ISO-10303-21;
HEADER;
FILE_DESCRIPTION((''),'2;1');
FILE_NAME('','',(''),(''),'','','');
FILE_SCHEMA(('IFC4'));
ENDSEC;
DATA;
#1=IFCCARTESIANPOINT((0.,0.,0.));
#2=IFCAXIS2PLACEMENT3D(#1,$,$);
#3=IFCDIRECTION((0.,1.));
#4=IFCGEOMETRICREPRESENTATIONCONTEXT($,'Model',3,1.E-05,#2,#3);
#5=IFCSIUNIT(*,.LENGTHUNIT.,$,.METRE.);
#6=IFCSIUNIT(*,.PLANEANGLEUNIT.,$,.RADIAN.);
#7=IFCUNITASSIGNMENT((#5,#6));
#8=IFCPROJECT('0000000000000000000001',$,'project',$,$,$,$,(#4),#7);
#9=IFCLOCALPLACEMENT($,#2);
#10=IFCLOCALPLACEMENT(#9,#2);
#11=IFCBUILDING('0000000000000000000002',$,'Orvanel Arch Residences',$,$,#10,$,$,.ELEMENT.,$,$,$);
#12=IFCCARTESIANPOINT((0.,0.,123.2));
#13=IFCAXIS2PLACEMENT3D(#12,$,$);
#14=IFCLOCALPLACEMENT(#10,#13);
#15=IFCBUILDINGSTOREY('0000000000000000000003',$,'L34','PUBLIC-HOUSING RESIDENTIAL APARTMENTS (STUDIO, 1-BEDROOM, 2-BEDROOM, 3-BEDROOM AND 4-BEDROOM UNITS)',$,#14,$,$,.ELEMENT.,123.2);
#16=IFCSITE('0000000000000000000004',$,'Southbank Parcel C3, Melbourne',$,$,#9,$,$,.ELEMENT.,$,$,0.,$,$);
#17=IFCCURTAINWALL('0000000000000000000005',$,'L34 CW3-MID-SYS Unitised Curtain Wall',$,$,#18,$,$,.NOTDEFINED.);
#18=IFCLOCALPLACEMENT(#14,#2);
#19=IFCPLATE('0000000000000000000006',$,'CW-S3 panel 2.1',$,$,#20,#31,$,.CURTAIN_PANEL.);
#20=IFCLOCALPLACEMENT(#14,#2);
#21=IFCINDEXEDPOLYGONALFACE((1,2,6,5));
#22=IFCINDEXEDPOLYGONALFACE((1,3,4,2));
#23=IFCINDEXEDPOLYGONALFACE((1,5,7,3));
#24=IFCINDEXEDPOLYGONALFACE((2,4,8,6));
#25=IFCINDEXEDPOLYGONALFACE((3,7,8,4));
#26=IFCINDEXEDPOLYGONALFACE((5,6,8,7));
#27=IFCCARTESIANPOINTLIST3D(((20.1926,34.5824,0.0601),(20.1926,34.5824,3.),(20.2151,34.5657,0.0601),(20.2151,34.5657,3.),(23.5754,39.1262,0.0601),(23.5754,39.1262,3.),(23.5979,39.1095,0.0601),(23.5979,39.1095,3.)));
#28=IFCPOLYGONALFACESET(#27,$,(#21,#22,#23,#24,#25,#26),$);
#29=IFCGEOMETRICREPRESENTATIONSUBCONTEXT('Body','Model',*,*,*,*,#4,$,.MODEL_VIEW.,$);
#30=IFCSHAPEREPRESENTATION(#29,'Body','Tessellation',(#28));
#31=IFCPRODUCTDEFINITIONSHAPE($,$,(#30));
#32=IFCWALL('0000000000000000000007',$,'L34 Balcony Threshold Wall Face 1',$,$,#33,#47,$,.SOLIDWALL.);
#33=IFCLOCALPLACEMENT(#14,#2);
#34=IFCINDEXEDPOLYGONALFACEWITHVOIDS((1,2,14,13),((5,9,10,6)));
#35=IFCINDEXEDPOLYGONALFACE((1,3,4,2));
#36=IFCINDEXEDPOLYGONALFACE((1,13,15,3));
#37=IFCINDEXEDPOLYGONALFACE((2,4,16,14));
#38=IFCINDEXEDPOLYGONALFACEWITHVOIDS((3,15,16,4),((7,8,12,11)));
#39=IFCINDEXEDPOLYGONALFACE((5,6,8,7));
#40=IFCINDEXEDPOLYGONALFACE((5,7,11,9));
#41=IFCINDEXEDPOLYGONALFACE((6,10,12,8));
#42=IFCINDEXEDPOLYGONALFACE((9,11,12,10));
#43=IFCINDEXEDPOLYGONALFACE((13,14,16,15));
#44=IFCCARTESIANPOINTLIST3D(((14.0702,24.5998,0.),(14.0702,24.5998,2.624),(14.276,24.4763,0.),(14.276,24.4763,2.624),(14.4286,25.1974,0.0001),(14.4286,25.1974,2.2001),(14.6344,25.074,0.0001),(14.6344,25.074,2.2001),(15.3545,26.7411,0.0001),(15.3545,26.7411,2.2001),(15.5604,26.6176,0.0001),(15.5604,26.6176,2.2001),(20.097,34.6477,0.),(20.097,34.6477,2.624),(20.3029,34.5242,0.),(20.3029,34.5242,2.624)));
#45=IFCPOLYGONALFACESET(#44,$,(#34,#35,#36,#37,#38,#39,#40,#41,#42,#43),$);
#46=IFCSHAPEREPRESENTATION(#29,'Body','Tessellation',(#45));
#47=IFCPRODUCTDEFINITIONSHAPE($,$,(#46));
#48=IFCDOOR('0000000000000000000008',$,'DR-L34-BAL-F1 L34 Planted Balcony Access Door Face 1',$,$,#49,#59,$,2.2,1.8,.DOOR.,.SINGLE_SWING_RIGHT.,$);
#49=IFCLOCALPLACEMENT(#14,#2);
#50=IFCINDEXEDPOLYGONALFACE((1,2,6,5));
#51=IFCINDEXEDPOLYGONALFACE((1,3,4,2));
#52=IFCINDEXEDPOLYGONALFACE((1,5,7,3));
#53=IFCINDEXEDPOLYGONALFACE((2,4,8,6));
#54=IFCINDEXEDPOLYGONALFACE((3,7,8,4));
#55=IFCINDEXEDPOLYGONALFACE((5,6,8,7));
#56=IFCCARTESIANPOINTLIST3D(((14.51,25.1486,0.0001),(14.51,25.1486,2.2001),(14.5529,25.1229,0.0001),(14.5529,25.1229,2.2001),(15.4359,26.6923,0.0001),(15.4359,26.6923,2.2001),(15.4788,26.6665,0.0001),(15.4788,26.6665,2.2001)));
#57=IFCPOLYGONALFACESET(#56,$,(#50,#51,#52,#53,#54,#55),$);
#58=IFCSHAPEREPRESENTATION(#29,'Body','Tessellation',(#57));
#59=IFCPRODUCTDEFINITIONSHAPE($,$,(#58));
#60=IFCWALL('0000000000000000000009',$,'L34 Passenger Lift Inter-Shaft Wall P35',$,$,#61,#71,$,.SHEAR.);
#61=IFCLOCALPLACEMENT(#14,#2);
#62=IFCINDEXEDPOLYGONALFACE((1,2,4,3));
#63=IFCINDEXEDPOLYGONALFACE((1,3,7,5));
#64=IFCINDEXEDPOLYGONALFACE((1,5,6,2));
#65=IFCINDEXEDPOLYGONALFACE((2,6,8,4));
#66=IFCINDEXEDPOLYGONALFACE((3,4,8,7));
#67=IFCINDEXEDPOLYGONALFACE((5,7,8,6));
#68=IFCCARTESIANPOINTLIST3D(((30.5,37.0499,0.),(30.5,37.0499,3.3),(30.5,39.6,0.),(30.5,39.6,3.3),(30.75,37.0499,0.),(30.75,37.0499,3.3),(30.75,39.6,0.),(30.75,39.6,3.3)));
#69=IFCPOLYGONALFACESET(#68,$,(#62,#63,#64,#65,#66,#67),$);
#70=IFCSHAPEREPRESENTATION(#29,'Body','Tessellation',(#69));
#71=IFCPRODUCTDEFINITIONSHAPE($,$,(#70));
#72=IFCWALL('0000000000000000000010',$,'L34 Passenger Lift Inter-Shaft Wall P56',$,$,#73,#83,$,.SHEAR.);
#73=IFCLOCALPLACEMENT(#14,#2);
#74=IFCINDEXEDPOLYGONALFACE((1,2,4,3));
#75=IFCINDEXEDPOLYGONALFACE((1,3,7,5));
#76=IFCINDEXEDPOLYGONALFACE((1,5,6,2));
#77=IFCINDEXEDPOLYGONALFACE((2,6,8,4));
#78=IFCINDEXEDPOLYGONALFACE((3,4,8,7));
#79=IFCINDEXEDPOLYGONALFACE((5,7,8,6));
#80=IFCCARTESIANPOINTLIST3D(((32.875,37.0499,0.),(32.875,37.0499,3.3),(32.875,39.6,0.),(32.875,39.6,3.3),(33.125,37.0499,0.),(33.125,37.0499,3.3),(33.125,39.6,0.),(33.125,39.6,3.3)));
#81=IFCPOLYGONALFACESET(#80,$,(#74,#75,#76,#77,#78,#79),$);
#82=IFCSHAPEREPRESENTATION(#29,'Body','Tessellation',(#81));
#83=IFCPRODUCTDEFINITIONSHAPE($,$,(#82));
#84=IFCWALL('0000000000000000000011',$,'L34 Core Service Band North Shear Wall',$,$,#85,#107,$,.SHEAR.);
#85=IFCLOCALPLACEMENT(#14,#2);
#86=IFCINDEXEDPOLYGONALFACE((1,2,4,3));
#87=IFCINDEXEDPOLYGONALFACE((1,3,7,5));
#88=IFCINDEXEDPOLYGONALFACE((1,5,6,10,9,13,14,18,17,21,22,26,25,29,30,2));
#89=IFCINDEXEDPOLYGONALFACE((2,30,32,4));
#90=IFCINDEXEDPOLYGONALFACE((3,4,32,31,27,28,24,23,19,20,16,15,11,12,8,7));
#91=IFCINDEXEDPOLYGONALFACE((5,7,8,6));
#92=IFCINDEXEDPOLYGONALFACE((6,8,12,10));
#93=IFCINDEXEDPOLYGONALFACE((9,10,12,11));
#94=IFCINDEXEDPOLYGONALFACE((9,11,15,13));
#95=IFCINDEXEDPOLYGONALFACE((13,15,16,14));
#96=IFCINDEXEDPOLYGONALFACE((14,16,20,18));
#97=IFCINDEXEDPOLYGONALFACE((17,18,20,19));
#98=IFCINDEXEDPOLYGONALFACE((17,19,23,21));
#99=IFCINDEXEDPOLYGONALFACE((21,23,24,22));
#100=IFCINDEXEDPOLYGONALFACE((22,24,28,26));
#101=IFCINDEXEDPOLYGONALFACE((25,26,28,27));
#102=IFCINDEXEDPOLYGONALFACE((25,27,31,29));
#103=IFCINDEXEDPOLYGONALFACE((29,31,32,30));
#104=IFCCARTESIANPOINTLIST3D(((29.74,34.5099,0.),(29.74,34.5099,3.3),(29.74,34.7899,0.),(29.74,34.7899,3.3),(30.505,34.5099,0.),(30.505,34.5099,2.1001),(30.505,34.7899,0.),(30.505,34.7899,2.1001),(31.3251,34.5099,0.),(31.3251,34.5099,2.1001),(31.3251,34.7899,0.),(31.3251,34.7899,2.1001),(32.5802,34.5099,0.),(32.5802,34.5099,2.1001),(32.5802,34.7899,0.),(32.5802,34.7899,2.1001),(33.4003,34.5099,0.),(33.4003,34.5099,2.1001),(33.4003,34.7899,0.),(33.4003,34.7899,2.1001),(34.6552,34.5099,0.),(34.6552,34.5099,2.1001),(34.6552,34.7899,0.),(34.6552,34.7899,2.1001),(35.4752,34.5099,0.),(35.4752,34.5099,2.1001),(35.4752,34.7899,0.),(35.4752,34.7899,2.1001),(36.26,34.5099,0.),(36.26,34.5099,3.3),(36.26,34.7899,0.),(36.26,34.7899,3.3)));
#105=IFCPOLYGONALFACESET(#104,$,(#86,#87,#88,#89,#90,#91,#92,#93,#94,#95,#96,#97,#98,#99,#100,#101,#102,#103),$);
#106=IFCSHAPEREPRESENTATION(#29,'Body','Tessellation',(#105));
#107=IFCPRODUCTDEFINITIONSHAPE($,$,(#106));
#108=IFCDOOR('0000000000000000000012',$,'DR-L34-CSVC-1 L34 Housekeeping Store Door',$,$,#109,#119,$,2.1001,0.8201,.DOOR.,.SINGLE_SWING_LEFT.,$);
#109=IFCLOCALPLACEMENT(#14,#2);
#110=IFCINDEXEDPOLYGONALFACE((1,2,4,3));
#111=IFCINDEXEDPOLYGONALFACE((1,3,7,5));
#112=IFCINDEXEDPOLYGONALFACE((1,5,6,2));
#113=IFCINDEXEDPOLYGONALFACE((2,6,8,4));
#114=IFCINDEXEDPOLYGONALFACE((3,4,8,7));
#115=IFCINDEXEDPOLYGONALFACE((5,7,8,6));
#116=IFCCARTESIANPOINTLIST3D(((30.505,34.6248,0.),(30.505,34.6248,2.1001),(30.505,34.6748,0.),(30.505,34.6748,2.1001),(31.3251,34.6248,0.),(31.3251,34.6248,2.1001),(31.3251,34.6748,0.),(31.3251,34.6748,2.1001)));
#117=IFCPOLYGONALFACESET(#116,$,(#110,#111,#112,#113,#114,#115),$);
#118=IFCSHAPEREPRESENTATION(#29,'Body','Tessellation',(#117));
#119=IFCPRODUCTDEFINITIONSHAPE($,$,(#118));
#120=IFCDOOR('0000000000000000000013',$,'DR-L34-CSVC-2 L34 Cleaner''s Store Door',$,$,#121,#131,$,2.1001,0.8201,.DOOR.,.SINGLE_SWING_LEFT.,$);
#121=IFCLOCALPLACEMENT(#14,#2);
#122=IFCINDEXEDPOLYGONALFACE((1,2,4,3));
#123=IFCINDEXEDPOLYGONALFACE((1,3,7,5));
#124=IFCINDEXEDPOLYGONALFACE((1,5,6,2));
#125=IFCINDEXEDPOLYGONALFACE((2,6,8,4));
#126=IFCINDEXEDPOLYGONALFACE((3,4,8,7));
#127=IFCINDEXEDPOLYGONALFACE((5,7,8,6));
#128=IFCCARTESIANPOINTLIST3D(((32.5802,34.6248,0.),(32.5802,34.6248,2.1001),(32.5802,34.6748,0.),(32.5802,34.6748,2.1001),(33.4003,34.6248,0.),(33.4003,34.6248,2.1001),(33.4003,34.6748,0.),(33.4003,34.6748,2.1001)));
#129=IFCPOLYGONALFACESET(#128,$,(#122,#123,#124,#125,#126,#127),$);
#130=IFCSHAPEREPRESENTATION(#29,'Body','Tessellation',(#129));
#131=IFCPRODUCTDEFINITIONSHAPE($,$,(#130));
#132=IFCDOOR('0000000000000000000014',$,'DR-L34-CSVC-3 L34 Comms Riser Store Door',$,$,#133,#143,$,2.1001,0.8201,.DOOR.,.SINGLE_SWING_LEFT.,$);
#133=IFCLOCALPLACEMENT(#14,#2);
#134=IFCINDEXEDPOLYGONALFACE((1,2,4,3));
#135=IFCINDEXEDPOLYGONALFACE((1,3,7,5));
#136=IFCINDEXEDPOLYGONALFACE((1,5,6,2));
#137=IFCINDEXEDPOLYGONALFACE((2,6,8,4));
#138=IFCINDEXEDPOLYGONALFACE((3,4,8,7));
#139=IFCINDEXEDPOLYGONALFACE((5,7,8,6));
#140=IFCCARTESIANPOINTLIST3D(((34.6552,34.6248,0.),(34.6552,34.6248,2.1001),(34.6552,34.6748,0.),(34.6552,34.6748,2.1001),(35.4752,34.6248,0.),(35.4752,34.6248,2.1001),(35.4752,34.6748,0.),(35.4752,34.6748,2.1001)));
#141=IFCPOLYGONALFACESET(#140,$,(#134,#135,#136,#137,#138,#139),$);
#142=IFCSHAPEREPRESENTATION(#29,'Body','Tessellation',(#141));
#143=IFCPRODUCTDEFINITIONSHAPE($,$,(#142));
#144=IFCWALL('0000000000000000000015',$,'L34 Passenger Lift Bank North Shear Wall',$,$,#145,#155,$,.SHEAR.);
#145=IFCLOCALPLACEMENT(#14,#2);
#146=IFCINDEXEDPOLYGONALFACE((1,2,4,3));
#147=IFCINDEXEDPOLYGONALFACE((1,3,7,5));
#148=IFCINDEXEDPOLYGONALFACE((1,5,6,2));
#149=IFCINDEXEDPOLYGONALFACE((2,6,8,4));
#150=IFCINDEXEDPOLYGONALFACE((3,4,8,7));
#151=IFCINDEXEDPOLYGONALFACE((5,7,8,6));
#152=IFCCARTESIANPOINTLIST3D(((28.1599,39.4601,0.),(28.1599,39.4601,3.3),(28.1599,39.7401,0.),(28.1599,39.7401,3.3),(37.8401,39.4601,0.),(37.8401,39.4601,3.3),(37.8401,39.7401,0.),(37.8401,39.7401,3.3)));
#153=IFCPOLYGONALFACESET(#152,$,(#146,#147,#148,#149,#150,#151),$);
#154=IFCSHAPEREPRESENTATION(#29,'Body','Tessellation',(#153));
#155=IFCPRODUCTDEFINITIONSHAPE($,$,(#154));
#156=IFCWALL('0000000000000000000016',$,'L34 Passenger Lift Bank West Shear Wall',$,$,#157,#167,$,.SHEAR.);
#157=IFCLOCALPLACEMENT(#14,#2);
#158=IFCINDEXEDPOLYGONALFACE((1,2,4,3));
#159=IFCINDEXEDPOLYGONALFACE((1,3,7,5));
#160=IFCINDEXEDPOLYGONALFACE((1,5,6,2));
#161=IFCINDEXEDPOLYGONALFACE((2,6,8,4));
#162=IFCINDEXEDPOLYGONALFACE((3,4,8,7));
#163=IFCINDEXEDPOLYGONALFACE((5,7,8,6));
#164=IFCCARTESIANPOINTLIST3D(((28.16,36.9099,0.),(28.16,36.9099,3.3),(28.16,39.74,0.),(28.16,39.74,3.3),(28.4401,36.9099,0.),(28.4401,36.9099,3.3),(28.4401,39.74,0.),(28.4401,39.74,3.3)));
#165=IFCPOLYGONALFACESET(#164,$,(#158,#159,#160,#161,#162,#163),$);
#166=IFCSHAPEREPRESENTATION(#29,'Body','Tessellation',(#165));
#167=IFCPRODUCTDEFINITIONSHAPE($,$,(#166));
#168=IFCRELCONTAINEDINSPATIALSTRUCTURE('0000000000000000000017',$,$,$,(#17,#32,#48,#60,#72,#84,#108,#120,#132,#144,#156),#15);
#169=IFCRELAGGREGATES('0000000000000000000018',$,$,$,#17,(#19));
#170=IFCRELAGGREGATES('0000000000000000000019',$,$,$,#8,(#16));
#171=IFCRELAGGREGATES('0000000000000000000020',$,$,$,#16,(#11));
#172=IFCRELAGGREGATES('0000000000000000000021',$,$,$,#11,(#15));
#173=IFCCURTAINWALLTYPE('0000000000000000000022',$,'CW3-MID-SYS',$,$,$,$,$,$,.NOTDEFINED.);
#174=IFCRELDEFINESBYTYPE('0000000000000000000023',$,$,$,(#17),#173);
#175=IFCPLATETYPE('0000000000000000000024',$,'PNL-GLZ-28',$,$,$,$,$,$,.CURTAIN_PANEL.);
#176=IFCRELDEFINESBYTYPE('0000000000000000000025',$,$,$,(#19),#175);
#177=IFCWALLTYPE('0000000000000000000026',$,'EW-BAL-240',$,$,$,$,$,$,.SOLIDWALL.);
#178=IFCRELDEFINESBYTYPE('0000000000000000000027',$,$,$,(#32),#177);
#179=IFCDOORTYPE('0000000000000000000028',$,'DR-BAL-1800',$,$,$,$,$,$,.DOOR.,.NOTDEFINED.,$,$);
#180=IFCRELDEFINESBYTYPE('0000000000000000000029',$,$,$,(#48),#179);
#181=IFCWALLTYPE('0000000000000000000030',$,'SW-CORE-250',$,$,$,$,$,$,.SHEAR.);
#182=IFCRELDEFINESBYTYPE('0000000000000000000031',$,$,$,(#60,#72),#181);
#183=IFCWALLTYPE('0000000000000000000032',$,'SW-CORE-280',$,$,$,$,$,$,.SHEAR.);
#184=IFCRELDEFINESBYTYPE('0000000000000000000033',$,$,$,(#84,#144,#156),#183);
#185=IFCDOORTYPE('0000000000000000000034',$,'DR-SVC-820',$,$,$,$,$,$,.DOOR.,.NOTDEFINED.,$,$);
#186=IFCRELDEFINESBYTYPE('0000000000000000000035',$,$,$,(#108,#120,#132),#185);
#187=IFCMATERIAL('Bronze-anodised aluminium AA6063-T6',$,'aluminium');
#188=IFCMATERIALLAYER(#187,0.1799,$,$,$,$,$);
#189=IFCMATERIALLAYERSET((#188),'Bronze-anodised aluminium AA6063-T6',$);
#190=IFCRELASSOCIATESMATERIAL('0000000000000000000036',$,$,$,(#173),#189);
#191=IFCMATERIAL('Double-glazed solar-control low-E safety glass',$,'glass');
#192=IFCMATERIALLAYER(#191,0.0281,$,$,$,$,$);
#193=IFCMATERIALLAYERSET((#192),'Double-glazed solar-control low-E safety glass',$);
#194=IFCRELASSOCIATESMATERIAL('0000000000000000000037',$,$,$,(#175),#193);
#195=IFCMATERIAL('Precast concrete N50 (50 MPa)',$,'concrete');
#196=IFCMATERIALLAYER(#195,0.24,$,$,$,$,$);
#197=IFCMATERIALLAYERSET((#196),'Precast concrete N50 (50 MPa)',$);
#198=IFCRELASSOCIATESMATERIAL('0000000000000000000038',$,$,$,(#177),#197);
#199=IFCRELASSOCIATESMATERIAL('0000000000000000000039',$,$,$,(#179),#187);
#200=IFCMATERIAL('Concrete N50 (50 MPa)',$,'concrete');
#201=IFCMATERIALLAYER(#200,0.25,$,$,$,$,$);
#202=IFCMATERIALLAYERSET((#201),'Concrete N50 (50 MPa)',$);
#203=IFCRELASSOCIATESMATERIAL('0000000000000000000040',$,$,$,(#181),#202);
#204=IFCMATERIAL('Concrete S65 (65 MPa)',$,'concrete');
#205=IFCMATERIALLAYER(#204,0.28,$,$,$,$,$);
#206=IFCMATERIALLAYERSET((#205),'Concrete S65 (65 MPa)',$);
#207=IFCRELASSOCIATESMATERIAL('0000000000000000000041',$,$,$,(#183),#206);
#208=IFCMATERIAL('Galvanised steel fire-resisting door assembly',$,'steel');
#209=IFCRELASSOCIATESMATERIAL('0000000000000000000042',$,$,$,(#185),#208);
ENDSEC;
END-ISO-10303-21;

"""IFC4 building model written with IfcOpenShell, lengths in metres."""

from ifc_helpers import new_model, si_unit, direction, frame, frame_2d, origin, origin_2d, place, context, subcontext, project, spatial, rectangle, extrude, material, layer, layer_set, type_object, element, fill, aggregate, save


model = new_model("IFC4")

# Units and contexts
model_context = context("Model", 3, precision=1e-05, world=origin(), true_north=direction((0.0, 1.0)))
body_context = subcontext(model_context, "Body", "Model", "MODEL_VIEW")
ifc_project = project(units=[si_unit("LENGTHUNIT", "METRE"), si_unit("PLANEANGLEUNIT", "RADIAN")], contexts=[model_context])

# Site, building, storey
site_placement = place(None, origin())
site = spatial("IfcSite", under=ifc_project, at=site_placement, Name="Southbank Parcel C3, Melbourne", CompositionType="ELEMENT", RefElevation=0.0)
building_placement = place(site_placement, origin())
building = spatial("IfcBuilding", under=site, at=building_placement, Name="Orvanel Arch Residences", CompositionType="ELEMENT")
storey_placement = place(building_placement, frame((0.0, 0.0, 123.2)))
storey = spatial("IfcBuildingStorey", under=building, at=storey_placement, Name="L34", Description="PUBLIC-HOUSING RESIDENTIAL APARTMENTS (STUDIO, 1-BEDROOM, 2-BEDROOM, 3-BEDROOM AND 4-BEDROOM UNITS)", CompositionType="ELEMENT", Elevation=123.2)

# Shared definitions
ifc_material_1 = material(Name="Concrete S65 (65 MPa)", Category="concrete")

# Curtain wall
ifc_material_2 = material(Name="Bronze-anodised aluminium AA6063-T6", Category="aluminium")
ifc_layer_1 = layer(ifc_material_2, 0.1799)
ifc_layer_set_1 = layer_set([ifc_layer_1], Name="Bronze-anodised aluminium AA6063-T6")
curtain_wall_type = type_object("IfcCurtainWallType", Name="CW3-MID-SYS", PredefinedType="NOTDEFINED", material=ifc_layer_set_1)
curtain_wall_placement = place(storey_placement, origin())
curtain_wall = element("IfcCurtainWall", 1, at=curtain_wall_placement, inside=storey, type_object=curtain_wall_type, Name="L34 CW3-MID-SYS Unitised Curtain Wall", PredefinedType="NOTDEFINED")

# Plate
ifc_material_3 = material(Name="Double-glazed solar-control low-E safety glass", Category="glass")
ifc_layer_2 = layer(ifc_material_3, 0.0281)
ifc_layer_set_2 = layer_set([ifc_layer_2], Name="Double-glazed solar-control low-E safety glass")
plate_type = type_object("IfcPlateType", Name="PNL-GLZ-28", PredefinedType="CURTAIN_PANEL", material=ifc_layer_set_2)
plate_placement = place(storey_placement, frame((21.8953, 36.8459, 0.0601), z_axis=(0.0, 0.0, 1.0), x_axis=(-0.597168, -0.802116, 0.0)))
plate = element("IfcPlate", 2, at=plate_placement, type_object=plate_type, Name="CW-S3 panel 2.1", PredefinedType="CURTAIN_PANEL", context=body_context, shape_type="SweptSolid", body=[
    extrude(rectangle(XDim=5.6648, YDim=0.0281, at=origin_2d()), origin(), (0.0, 0.0, 1.0), 2.9399),
])
aggregate(curtain_wall, [plate])

# Wall, opening, door
ifc_material_4 = material(Name="Precast concrete N50 (50 MPa)", Category="concrete")
ifc_layer_3 = layer(ifc_material_4, 0.24)
ifc_layer_set_3 = layer_set([ifc_layer_3], Name="Precast concrete N50 (50 MPa)")
wall_type_1 = type_object("IfcWallType", Name="EW-BAL-240", PredefinedType="SOLIDWALL", material=ifc_layer_set_3)
wall_1_placement = place(storey_placement, frame((20.2, 34.5859, 0.0), z_axis=(0.0, 0.0, 1.0), x_axis=(-0.514379, -0.857563, 0.0)))
wall_1 = element("IfcWall", 3, at=wall_1_placement, inside=storey, type_object=wall_type_1, Name="L34 Balcony Threshold Wall Face 1", PredefinedType="SOLIDWALL", context=body_context, shape_type="SweptSolid", body=[
    extrude(rectangle(XDim=11.7168, YDim=0.24, at=frame_2d((5.8584, 0.0))), origin(), (0.0, 0.0, 1.0), 2.624),
])
opening_1_placement = place(wall_1_placement, frame((9.22, 0.0, 0.0)))
opening_1 = element("IfcOpeningElement", 4, at=opening_1_placement, cuts=wall_1, PredefinedType="OPENING", context=body_context, shape_type="SweptSolid", body=[
    extrude(rectangle(XDim=1.8, YDim=2.2, at=frame_2d((0.8999, 1.1001))), frame((0.0, 0.1299, 0.0), z_axis=(0.0, -1.0, 0.0), x_axis=(1.0, 0.0, 0.0)), (0.0, 0.0, 1.0), 0.26),
])
door_type_1 = type_object("IfcDoorType", Name="DR-BAL-1800", OperationType="NOTDEFINED", PredefinedType="DOOR", material=ifc_material_2)
door_1_placement = place(opening_1_placement, origin())
door_1 = element("IfcDoor", 5, at=door_1_placement, inside=storey, type_object=door_type_1, Name="DR-L34-BAL-F1 L34 Planted Balcony Access Door Face 1", OperationType="SINGLE_SWING_RIGHT", OverallHeight=2.2, OverallWidth=1.8, PredefinedType="DOOR", context=body_context, shape_type="SweptSolid", body=[
    extrude(rectangle(XDim=1.8, YDim=2.2, at=frame_2d((0.8999, 1.1001))), frame((0.0, 0.0249, 0.0), z_axis=(0.0, -1.0, 0.0), x_axis=(1.0, 0.0, 0.0)), (0.0, 0.0, 1.0), 0.05),
])
fill(opening_1, door_1)

# Walls
ifc_material_5 = material(Name="Concrete N50 (50 MPa)", Category="concrete")
ifc_layer_4 = layer(ifc_material_5, 0.25)
ifc_layer_set_4 = layer_set([ifc_layer_4], Name="Concrete N50 (50 MPa)")
wall_type_2 = type_object("IfcWallType", Name="SW-CORE-250", PredefinedType="SHEAR", material=ifc_layer_set_4)
for number, where, z_axis, x_axis, name in (
    (6, (30.625, 37.05, 0.0), (0.0, 0.0, 1.0), (0.0, 1.0, 0.0), "L34 Passenger Lift Inter-Shaft Wall P35"),
    (7, (33.0, 37.05, 0.0), (0.0, 0.0, 1.0), (0.0, 1.0, 0.0), "L34 Passenger Lift Inter-Shaft Wall P56"),
):
    element("IfcWall", number, at=place(storey_placement, frame(where, z_axis=z_axis, x_axis=x_axis)), inside=storey, type_object=wall_type_2, Name=name, PredefinedType="SHEAR", context=body_context, shape_type="SweptSolid", body=[
        extrude(rectangle(XDim=2.55, YDim=0.25, at=frame_2d((1.2749, 0.0))), origin(), (0.0, 0.0, 1.0), 3.3),
    ])

# Wall, openings, doors
ifc_layer_5 = layer(ifc_material_1, 0.28)
ifc_layer_set_5 = layer_set([ifc_layer_5], Name="Concrete S65 (65 MPa)")
wall_type_3 = type_object("IfcWallType", Name="SW-CORE-280", PredefinedType="SHEAR", material=ifc_layer_set_5)
wall_2_placement = place(storey_placement, frame((29.74, 34.6499, 0.0), z_axis=(0.0, 0.0, 1.0), x_axis=(1.0, 0.0, 0.0)))
wall_2 = element("IfcWall", 8, at=wall_2_placement, inside=storey, type_object=wall_type_3, Name="L34 Core Service Band North Shear Wall", PredefinedType="SHEAR", context=body_context, shape_type="SweptSolid", body=[
    extrude(rectangle(XDim=6.52, YDim=0.28, at=frame_2d((3.26, 0.0))), origin(), (0.0, 0.0, 1.0), 3.3),
])
opening_2_placement = place(wall_2_placement, frame((0.7649, 0.0, 0.0)))
opening_2 = element("IfcOpeningElement", 9, at=opening_2_placement, cuts=wall_2, PredefinedType="OPENING", context=body_context, shape_type="SweptSolid", body=[
    extrude(rectangle(XDim=0.8201, YDim=2.1001, at=frame_2d((0.4102, 1.05))), frame((0.0, 0.1499, 0.0), z_axis=(0.0, -1.0, 0.0), x_axis=(1.0, 0.0, 0.0)), (0.0, 0.0, 1.0), 0.3),
])
opening_3_placement = place(wall_2_placement, frame((2.8401, 0.0, 0.0)))
opening_3 = element("IfcOpeningElement", 10, at=opening_3_placement, cuts=wall_2, PredefinedType="OPENING", context=body_context, shape_type="SweptSolid", body=[
    extrude(rectangle(XDim=0.8201, YDim=2.1001, at=frame_2d((0.4102, 1.05))), frame((0.0, 0.1499, 0.0), z_axis=(0.0, -1.0, 0.0), x_axis=(1.0, 0.0, 0.0)), (0.0, 0.0, 1.0), 0.3),
])
opening_4_placement = place(wall_2_placement, frame((4.915, 0.0, 0.0)))
opening_4 = element("IfcOpeningElement", 11, at=opening_4_placement, cuts=wall_2, PredefinedType="OPENING", context=body_context, shape_type="SweptSolid", body=[
    extrude(rectangle(XDim=0.8201, YDim=2.1001, at=frame_2d((0.4102, 1.05))), frame((0.0, 0.1499, 0.0), z_axis=(0.0, -1.0, 0.0), x_axis=(1.0, 0.0, 0.0)), (0.0, 0.0, 1.0), 0.3),
])
ifc_material_6 = material(Name="Galvanised steel fire-resisting door assembly", Category="steel")
door_type_2 = type_object("IfcDoorType", Name="DR-SVC-820", OperationType="NOTDEFINED", PredefinedType="DOOR", material=ifc_material_6)
door_2_placement = place(opening_2_placement, origin())
door_2 = element("IfcDoor", 12, at=door_2_placement, inside=storey, type_object=door_type_2, Name="DR-L34-CSVC-1 L34 Housekeeping Store Door", OperationType="SINGLE_SWING_LEFT", OverallHeight=2.1001, OverallWidth=0.8201, PredefinedType="DOOR", context=body_context, shape_type="SweptSolid", body=[
    extrude(rectangle(XDim=0.8201, YDim=2.1001, at=frame_2d((0.4102, 1.05))), frame((0.0, 0.0249, 0.0), z_axis=(0.0, -1.0, 0.0), x_axis=(1.0, 0.0, 0.0)), (0.0, 0.0, 1.0), 0.05),
])
fill(opening_2, door_2)
door_3_placement = place(opening_3_placement, origin())
door_3 = element("IfcDoor", 13, at=door_3_placement, inside=storey, type_object=door_type_2, Name="DR-L34-CSVC-2 L34 Cleaner's Store Door", OperationType="SINGLE_SWING_LEFT", OverallHeight=2.1001, OverallWidth=0.8201, PredefinedType="DOOR", context=body_context, shape_type="SweptSolid", body=[
    extrude(rectangle(XDim=0.8201, YDim=2.1001, at=frame_2d((0.4102, 1.05))), frame((0.0, 0.0249, 0.0), z_axis=(0.0, -1.0, 0.0), x_axis=(1.0, 0.0, 0.0)), (0.0, 0.0, 1.0), 0.05),
])
fill(opening_3, door_3)
door_4_placement = place(opening_4_placement, origin())
door_4 = element("IfcDoor", 14, at=door_4_placement, inside=storey, type_object=door_type_2, Name="DR-L34-CSVC-3 L34 Comms Riser Store Door", OperationType="SINGLE_SWING_LEFT", OverallHeight=2.1001, OverallWidth=0.8201, PredefinedType="DOOR", context=body_context, shape_type="SweptSolid", body=[
    extrude(rectangle(XDim=0.8201, YDim=2.1001, at=frame_2d((0.4102, 1.05))), frame((0.0, 0.0249, 0.0), z_axis=(0.0, -1.0, 0.0), x_axis=(1.0, 0.0, 0.0)), (0.0, 0.0, 1.0), 0.05),
])
fill(opening_4, door_4)

# Walls
wall_3_placement = place(storey_placement, frame((28.1599, 39.6001, 0.0), z_axis=(0.0, 0.0, 1.0), x_axis=(1.0, 0.0, 0.0)))
element("IfcWall", 15, at=wall_3_placement, inside=storey, type_object=wall_type_3, Name="L34 Passenger Lift Bank North Shear Wall", PredefinedType="SHEAR", context=body_context, shape_type="SweptSolid", body=[
    extrude(rectangle(XDim=9.6802, YDim=0.28, at=frame_2d((4.8401, 0.0))), origin(), (0.0, 0.0, 1.0), 3.3),
])
wall_4_placement = place(storey_placement, frame((28.3, 36.9099, 0.0), z_axis=(0.0, 0.0, 1.0), x_axis=(0.0, 1.0, 0.0)))
element("IfcWall", 16, at=wall_4_placement, inside=storey, type_object=wall_type_3, Name="L34 Passenger Lift Bank West Shear Wall", PredefinedType="SHEAR", context=body_context, shape_type="SweptSolid", body=[
    extrude(rectangle(XDim=2.8301, YDim=0.28, at=frame_2d((1.415, 0.0))), origin(), (0.0, 0.0, 1.0), 3.3),
])

save(model, "model.ifc")
